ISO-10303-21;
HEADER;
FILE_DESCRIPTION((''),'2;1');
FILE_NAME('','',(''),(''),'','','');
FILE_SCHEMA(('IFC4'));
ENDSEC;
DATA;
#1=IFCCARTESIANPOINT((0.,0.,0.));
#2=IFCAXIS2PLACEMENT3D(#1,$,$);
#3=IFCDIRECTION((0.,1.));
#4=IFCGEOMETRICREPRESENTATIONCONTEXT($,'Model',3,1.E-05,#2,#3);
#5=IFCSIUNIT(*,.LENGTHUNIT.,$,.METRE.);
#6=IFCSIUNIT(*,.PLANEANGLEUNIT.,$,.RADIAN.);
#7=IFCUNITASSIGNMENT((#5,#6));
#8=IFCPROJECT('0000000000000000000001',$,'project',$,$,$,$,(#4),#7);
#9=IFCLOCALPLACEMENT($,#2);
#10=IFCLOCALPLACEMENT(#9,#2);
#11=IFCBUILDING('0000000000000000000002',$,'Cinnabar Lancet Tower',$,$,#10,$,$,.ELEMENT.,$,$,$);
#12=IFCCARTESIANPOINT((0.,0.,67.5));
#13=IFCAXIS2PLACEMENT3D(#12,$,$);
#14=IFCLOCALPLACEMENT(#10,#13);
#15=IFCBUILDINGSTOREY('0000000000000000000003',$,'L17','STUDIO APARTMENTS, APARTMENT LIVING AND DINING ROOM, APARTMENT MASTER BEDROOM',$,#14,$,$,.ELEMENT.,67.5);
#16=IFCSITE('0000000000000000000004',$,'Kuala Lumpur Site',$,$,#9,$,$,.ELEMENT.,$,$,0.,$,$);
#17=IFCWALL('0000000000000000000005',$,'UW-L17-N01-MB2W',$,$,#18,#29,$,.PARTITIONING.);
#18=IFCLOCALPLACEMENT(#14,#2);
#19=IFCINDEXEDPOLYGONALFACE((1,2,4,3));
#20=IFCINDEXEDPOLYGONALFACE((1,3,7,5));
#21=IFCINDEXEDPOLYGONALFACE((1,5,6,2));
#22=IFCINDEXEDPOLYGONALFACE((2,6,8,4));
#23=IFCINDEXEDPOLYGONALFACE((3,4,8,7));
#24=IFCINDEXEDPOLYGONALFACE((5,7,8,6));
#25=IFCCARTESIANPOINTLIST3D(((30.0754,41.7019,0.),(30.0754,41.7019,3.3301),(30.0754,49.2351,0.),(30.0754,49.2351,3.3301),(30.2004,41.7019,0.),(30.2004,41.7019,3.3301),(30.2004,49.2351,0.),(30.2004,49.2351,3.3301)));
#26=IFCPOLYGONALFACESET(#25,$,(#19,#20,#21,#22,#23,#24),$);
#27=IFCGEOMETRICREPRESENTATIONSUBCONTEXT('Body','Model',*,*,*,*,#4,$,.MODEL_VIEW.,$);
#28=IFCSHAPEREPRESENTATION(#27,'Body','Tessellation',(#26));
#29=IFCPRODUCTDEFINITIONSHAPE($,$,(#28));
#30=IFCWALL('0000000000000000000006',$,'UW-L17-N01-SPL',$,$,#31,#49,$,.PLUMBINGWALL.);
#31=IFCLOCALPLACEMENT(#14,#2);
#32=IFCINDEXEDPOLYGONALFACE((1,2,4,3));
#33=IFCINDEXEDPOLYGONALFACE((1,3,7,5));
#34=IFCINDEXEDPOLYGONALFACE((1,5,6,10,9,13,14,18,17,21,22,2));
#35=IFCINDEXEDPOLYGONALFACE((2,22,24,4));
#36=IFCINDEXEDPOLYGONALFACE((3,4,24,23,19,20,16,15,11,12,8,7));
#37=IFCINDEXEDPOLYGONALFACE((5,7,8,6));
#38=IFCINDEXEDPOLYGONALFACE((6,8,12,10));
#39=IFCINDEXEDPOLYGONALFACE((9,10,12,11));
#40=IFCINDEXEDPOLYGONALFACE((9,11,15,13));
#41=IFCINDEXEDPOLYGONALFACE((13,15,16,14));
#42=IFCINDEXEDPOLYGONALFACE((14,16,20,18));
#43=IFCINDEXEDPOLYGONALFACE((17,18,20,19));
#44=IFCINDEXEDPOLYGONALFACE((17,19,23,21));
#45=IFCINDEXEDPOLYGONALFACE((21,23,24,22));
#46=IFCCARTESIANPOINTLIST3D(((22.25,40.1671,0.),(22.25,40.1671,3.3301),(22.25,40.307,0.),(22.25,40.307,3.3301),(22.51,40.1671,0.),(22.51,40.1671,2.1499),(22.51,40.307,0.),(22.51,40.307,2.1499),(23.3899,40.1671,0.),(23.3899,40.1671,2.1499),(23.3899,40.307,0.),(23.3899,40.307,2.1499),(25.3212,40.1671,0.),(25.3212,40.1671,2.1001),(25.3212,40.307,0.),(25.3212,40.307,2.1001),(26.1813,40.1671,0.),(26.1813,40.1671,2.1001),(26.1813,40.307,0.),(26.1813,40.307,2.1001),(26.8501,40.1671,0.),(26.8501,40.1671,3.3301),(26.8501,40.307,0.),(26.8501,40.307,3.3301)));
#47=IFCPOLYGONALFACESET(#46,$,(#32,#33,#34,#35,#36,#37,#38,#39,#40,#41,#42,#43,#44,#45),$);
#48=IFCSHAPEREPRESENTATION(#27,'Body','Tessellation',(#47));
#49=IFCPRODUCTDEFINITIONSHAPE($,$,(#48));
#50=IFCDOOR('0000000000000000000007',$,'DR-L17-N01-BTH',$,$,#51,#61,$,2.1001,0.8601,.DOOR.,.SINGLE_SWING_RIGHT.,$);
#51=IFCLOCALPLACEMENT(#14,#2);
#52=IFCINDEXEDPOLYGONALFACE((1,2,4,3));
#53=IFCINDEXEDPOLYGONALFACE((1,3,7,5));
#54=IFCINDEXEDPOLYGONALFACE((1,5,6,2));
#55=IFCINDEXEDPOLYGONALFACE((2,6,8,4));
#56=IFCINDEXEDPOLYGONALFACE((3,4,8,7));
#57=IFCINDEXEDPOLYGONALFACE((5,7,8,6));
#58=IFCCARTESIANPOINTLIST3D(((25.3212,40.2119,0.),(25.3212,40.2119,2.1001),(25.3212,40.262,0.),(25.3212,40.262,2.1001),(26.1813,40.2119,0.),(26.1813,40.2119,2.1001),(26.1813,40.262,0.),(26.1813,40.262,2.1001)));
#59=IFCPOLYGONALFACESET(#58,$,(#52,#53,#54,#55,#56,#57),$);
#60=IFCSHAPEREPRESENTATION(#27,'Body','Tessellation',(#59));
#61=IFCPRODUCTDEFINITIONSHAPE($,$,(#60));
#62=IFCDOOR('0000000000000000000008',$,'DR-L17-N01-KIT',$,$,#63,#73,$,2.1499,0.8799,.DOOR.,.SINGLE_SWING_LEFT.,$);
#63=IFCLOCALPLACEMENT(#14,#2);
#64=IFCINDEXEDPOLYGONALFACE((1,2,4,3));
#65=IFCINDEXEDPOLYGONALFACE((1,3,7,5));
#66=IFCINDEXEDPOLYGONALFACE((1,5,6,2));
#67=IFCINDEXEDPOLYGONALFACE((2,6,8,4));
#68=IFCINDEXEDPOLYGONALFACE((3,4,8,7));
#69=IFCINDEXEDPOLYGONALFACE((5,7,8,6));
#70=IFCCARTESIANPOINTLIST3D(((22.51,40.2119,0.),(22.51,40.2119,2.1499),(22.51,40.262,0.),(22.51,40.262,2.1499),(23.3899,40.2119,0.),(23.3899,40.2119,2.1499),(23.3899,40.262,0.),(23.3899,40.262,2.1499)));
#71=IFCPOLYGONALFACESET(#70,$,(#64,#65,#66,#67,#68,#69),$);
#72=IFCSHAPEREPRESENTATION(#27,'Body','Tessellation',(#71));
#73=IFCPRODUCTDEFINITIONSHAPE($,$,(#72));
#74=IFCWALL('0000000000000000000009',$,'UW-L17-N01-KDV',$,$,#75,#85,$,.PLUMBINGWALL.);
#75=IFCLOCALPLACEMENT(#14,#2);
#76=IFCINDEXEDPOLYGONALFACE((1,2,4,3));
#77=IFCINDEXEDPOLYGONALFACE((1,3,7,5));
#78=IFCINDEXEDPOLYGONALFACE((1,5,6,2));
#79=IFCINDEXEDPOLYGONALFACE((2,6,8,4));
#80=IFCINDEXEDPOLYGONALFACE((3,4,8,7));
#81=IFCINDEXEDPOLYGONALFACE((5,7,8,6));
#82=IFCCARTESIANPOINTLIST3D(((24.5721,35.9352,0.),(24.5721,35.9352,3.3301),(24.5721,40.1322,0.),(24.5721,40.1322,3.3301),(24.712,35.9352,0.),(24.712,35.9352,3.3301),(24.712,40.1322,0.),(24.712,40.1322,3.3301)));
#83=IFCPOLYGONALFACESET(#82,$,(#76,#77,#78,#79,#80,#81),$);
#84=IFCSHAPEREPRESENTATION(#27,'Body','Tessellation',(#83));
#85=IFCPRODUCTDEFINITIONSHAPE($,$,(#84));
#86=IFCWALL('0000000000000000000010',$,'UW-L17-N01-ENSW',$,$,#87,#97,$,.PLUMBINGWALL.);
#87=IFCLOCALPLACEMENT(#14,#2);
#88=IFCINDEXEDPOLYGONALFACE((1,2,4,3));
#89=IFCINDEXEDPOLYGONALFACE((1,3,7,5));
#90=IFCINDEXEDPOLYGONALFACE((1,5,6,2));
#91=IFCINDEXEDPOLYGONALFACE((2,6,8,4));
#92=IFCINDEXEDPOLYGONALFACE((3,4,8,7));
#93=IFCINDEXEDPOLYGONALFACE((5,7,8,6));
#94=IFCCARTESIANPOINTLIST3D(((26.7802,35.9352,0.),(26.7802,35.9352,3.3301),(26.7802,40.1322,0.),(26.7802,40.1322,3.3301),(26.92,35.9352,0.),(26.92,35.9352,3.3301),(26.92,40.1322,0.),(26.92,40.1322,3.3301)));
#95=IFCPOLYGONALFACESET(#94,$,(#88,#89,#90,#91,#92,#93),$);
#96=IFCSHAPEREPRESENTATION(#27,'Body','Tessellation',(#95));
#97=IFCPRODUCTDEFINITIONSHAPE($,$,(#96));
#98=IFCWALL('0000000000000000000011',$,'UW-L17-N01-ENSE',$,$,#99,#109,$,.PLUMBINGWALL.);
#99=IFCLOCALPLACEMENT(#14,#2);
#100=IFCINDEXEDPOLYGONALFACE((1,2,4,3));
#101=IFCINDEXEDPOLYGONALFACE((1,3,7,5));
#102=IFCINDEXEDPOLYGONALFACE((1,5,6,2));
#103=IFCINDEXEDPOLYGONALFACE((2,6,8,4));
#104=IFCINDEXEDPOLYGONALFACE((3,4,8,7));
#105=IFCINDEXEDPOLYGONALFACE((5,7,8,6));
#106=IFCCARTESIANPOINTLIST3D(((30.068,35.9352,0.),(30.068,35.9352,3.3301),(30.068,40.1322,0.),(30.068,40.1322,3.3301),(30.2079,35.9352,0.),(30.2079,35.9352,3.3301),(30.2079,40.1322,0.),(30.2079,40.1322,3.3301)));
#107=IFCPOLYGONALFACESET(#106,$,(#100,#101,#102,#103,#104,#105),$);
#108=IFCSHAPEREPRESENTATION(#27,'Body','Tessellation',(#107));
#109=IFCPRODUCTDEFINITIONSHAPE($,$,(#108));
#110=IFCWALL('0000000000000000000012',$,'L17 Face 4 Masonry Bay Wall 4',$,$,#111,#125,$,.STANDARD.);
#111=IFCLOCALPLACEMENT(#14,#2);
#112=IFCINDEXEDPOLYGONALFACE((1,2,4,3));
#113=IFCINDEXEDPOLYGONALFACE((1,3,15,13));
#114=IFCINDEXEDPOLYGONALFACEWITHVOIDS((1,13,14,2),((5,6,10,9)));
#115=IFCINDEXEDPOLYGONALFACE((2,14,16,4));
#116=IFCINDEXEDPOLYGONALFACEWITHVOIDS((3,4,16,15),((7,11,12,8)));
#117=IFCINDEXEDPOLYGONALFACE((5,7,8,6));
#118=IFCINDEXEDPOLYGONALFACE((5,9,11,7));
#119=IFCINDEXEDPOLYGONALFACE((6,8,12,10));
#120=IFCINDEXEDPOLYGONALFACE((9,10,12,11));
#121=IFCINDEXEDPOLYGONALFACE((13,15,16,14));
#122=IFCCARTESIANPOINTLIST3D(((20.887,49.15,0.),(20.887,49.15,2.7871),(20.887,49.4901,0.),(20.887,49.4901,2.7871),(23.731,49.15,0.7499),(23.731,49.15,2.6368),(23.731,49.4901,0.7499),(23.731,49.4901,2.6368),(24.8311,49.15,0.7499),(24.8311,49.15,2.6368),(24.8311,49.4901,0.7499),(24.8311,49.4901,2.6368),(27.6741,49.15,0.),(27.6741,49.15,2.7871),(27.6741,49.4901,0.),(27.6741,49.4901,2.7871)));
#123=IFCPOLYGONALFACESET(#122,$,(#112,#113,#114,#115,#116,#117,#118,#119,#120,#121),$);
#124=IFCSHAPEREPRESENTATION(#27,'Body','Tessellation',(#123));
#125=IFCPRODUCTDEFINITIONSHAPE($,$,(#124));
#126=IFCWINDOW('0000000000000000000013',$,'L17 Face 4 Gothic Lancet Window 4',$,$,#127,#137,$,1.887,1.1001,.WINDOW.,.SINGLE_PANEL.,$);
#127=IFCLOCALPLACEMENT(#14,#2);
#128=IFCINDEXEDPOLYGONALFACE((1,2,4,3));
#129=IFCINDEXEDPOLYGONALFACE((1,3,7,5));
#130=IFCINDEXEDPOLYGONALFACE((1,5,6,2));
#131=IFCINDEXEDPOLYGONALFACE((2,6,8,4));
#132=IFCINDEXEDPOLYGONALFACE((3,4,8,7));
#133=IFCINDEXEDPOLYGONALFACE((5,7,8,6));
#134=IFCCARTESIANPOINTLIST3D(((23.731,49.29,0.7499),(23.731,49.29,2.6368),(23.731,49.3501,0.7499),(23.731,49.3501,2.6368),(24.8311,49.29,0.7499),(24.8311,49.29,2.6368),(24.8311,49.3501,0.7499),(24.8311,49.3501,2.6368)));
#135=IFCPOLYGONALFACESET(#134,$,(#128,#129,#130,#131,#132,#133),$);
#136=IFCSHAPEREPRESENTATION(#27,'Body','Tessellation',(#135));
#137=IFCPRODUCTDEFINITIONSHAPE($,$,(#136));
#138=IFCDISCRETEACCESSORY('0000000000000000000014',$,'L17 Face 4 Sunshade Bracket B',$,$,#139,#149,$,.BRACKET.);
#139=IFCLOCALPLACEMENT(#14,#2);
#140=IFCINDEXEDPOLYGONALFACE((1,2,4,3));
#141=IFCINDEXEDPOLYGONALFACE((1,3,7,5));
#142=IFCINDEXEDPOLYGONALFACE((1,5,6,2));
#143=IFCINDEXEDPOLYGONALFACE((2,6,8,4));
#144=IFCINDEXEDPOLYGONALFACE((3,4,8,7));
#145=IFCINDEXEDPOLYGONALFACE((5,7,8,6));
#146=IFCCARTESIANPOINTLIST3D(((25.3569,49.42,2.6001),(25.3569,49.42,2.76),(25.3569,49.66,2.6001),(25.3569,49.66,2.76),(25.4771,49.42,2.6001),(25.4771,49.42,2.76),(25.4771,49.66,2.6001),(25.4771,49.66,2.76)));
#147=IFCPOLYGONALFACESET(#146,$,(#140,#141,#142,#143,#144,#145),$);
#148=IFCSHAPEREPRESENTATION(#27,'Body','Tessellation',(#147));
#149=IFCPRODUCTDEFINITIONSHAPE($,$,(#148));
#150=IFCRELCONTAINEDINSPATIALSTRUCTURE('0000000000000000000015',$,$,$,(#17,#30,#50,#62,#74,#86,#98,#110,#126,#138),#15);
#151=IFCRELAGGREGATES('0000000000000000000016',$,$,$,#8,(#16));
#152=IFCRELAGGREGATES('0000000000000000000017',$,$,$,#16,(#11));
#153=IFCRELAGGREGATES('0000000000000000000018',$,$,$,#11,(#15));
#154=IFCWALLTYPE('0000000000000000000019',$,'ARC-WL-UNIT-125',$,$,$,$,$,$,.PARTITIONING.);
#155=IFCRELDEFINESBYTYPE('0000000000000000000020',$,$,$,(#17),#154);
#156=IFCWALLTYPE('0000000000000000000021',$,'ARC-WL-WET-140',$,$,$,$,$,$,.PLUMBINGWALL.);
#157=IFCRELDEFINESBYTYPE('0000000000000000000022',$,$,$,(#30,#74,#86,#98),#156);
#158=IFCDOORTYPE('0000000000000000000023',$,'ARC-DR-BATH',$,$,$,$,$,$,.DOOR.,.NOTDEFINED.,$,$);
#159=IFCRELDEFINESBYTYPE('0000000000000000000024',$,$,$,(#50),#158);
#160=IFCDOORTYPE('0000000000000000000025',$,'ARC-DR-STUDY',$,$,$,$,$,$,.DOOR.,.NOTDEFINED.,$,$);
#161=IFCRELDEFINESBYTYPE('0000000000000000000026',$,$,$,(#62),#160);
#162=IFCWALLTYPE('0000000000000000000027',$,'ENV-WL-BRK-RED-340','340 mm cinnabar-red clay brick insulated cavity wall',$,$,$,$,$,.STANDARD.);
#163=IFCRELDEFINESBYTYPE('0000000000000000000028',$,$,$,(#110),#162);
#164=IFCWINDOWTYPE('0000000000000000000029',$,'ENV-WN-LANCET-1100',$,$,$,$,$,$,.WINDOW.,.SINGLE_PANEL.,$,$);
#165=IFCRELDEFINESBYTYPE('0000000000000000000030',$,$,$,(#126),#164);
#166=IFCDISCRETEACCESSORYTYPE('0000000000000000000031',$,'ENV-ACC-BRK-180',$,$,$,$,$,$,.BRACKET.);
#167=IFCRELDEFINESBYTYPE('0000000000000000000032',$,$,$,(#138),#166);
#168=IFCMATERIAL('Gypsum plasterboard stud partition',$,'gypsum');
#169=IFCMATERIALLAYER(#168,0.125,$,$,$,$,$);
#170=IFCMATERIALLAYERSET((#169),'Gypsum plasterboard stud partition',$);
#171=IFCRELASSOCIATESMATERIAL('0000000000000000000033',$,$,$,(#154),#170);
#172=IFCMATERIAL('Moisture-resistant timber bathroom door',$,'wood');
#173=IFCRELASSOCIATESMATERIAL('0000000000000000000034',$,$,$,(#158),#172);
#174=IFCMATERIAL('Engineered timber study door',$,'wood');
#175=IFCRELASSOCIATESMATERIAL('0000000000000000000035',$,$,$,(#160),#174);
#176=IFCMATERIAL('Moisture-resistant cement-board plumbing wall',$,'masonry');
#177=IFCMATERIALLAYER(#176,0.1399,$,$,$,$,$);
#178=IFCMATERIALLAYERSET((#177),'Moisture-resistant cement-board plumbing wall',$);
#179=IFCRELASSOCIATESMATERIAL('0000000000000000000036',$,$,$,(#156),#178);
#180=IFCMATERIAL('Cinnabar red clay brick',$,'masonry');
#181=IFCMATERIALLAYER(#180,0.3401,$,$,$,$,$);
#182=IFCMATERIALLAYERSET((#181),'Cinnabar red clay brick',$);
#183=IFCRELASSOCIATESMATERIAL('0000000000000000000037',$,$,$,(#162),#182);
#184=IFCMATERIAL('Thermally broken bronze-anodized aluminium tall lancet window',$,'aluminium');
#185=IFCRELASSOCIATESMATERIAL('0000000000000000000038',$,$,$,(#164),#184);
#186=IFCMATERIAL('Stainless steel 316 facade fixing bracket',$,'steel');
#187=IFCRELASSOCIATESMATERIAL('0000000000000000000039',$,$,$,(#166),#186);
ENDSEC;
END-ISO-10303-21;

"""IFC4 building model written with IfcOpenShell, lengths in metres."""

from ifc_helpers import new_model, si_unit, direction, frame, frame_2d, origin, origin_2d, place, context, subcontext, project, spatial, rectangle, extrude, material, layer, layer_set, type_object, element, fill, save


model = new_model("IFC4")

# Units and contexts
model_context = context("Model", 3, precision=1e-05, world=origin(), true_north=direction((0.0, 1.0)))
body_context = subcontext(model_context, "Body", "Model", "MODEL_VIEW")
ifc_project = project(units=[si_unit("LENGTHUNIT", "METRE"), si_unit("PLANEANGLEUNIT", "RADIAN")], contexts=[model_context])

# Site, building, storey
site_placement = place(None, origin())
site = spatial("IfcSite", under=ifc_project, at=site_placement, Name="Kuala Lumpur Site", CompositionType="ELEMENT", RefElevation=0.0)
building_placement = place(site_placement, origin())
building = spatial("IfcBuilding", under=site, at=building_placement, Name="Cinnabar Lancet Tower", CompositionType="ELEMENT")
storey_placement = place(building_placement, frame((0.0, 0.0, 67.5)))
storey = spatial("IfcBuildingStorey", under=building, at=storey_placement, Name="L17", Description="STUDIO APARTMENTS, APARTMENT LIVING AND DINING ROOM, APARTMENT MASTER BEDROOM", CompositionType="ELEMENT", Elevation=67.5)

# Shared definitions
ifc_material_1 = material(Name="Gypsum plasterboard stud partition", Category="gypsum")
ifc_layer_1 = layer(ifc_material_1, 0.125)
ifc_layer_set_1 = layer_set([ifc_layer_1], Name="Gypsum plasterboard stud partition")
wall_type_1 = type_object("IfcWallType", Name="ARC-WL-UNIT-125", PredefinedType="PARTITIONING", material=ifc_layer_set_1)

# Shared definitions
ifc_material_2 = material(Name="Moisture-resistant timber bathroom door", Category="wood")
door_type_1 = type_object("IfcDoorType", Name="ARC-DR-BATH", OperationType="NOTDEFINED", PredefinedType="DOOR", material=ifc_material_2)
ifc_material_3 = material(Name="Engineered timber study door", Category="wood")
door_type_2 = type_object("IfcDoorType", Name="ARC-DR-STUDY", OperationType="NOTDEFINED", PredefinedType="DOOR", material=ifc_material_3)

# Wall
wall_1_placement = place(storey_placement, frame((30.1379, 41.7019, 0.0), z_axis=(0.0, 0.0, 1.0), x_axis=(0.0, 1.0, 0.0)))
element("IfcWall", 1, at=wall_1_placement, inside=storey, type_object=wall_type_1, Name="UW-L17-N01-MB2W", PredefinedType="PARTITIONING", context=body_context, shape_type="SweptSolid", body=[
    extrude(rectangle(XDim=7.5332, YDim=0.125, at=frame_2d((3.7666, 0.0))), origin(), (0.0, 0.0, 1.0), 3.3301),
])

# Wall, openings, doors
ifc_material_4 = material(Name="Moisture-resistant cement-board plumbing wall", Category="masonry")
ifc_layer_2 = layer(ifc_material_4, 0.1399)
ifc_layer_set_2 = layer_set([ifc_layer_2], Name="Moisture-resistant cement-board plumbing wall")
wall_type_2 = type_object("IfcWallType", Name="ARC-WL-WET-140", PredefinedType="PLUMBINGWALL", material=ifc_layer_set_2)
wall_2_placement = place(storey_placement, frame((22.25, 40.2371, 0.0), z_axis=(0.0, 0.0, 1.0), x_axis=(1.0, 0.0, 0.0)))
wall_2 = element("IfcWall", 2, at=wall_2_placement, inside=storey, type_object=wall_type_2, Name="UW-L17-N01-SPL", PredefinedType="PLUMBINGWALL", context=body_context, shape_type="SweptSolid", body=[
    extrude(rectangle(XDim=4.6001, YDim=0.1399, at=frame_2d((2.3, 0.0))), origin(), (0.0, 0.0, 1.0), 3.3301),
])
opening_1_placement = place(wall_2_placement, frame((3.071, 0.0, 0.0)))
opening_1 = element("IfcOpeningElement", 3, at=opening_1_placement, cuts=wall_2, PredefinedType="OPENING", context=body_context, shape_type="SweptSolid", body=[
    extrude(rectangle(XDim=0.8601, YDim=2.1001, at=frame_2d((0.4302, 1.05))), frame((0.0, 0.0798, 0.0), z_axis=(0.0, -1.0, 0.0), x_axis=(1.0, 0.0, 0.0)), (0.0, 0.0, 1.0), 0.1599),
])
opening_2_placement = place(wall_2_placement, frame((0.26, 0.0, 0.0)))
opening_2 = element("IfcOpeningElement", 4, at=opening_2_placement, cuts=wall_2, PredefinedType="OPENING", context=body_context, shape_type="SweptSolid", body=[
    extrude(rectangle(XDim=0.8799, YDim=2.1499, at=frame_2d((0.4399, 1.075))), frame((0.0, 0.0798, 0.0), z_axis=(0.0, -1.0, 0.0), x_axis=(1.0, 0.0, 0.0)), (0.0, 0.0, 1.0), 0.1599),
])
door_1_placement = place(opening_1_placement, origin())
door_1 = element("IfcDoor", 5, at=door_1_placement, inside=storey, type_object=door_type_1, Name="DR-L17-N01-BTH", OperationType="SINGLE_SWING_RIGHT", OverallHeight=2.1001, OverallWidth=0.8601, PredefinedType="DOOR", context=body_context, shape_type="SweptSolid", body=[
    extrude(rectangle(XDim=0.8601, YDim=2.1001, at=frame_2d((0.4302, 1.05))), frame((0.0, 0.0249, 0.0), z_axis=(0.0, -1.0, 0.0), x_axis=(1.0, 0.0, 0.0)), (0.0, 0.0, 1.0), 0.05),
])
fill(opening_1, door_1)
door_2_placement = place(opening_2_placement, origin())
door_2 = element("IfcDoor", 6, at=door_2_placement, inside=storey, type_object=door_type_2, Name="DR-L17-N01-KIT", OperationType="SINGLE_SWING_LEFT", OverallHeight=2.1499, OverallWidth=0.8799, PredefinedType="DOOR", context=body_context, shape_type="SweptSolid", body=[
    extrude(rectangle(XDim=0.8799, YDim=2.1499, at=frame_2d((0.4399, 1.075))), frame((0.0, 0.0249, 0.0), z_axis=(0.0, -1.0, 0.0), x_axis=(1.0, 0.0, 0.0)), (0.0, 0.0, 1.0), 0.05),
])
fill(opening_2, door_2)

# Walls
for number, where, z_axis, x_axis, name in (
    (7, (24.6421, 35.9351, 0.0), (0.0, 0.0, 1.0), (0.0, 1.0, 0.0), "UW-L17-N01-KDV"),
    (8, (26.8501, 35.9351, 0.0), (0.0, 0.0, 1.0), (0.0, 1.0, 0.0), "UW-L17-N01-ENSW"),
    (9, (30.1379, 35.9351, 0.0), (0.0, 0.0, 1.0), (0.0, 1.0, 0.0), "UW-L17-N01-ENSE"),
):
    element("IfcWall", number, at=place(storey_placement, frame(where, z_axis=z_axis, x_axis=x_axis)), inside=storey, type_object=wall_type_2, Name=name, PredefinedType="PLUMBINGWALL", context=body_context, shape_type="SweptSolid", body=[
        extrude(rectangle(XDim=4.197, YDim=0.1399, at=frame_2d((2.0986, 0.0))), origin(), (0.0, 0.0, 1.0), 3.3301),
    ])

# Wall, opening, window
ifc_material_5 = material(Name="Cinnabar red clay brick", Category="masonry")
ifc_layer_3 = layer(ifc_material_5, 0.3401)
ifc_layer_set_3 = layer_set([ifc_layer_3], Name="Cinnabar red clay brick")
wall_type_3 = type_object("IfcWallType", Name="ENV-WL-BRK-RED-340", Description="340 mm cinnabar-red clay brick insulated cavity wall", PredefinedType="STANDARD", material=ifc_layer_set_3)
wall_3_placement = place(storey_placement, frame((27.6741, 49.3201, 0.0), z_axis=(0.0, 0.0, 1.0), x_axis=(-1.0, 0.0, 0.0)))
wall_3 = element("IfcWall", 10, at=wall_3_placement, inside=storey, type_object=wall_type_3, Name="L17 Face 4 Masonry Bay Wall 4", PredefinedType="STANDARD", context=body_context, shape_type="SweptSolid", body=[
    extrude(rectangle(XDim=6.7871, YDim=0.3401, at=frame_2d((3.3936, 0.0))), origin(), (0.0, 0.0, 1.0), 2.7871),
])
opening_3_placement = place(wall_3_placement, frame((2.843, 0.0, 0.75)))
opening_3 = element("IfcOpeningElement", 11, at=opening_3_placement, cuts=wall_3, PredefinedType="OPENING", context=body_context, shape_type="SweptSolid", body=[
    extrude(rectangle(XDim=1.1001, YDim=1.887, at=frame_2d((0.55, 0.9434))), frame((0.0, 0.1799, 0.0), z_axis=(0.0, -1.0, 0.0), x_axis=(1.0, 0.0, 0.0)), (0.0, 0.0, 1.0), 0.3601),
])
ifc_material_6 = material(Name="Thermally broken bronze-anodized aluminium tall lancet window", Category="aluminium")
window_type = type_object("IfcWindowType", Name="ENV-WN-LANCET-1100", PartitioningType="SINGLE_PANEL", PredefinedType="WINDOW", material=ifc_material_6)
window_placement = place(opening_3_placement, origin())
window = element("IfcWindow", 12, at=window_placement, inside=storey, type_object=window_type, Name="L17 Face 4 Gothic Lancet Window 4", OverallHeight=1.887, OverallWidth=1.1001, PartitioningType="SINGLE_PANEL", PredefinedType="WINDOW", context=body_context, shape_type="SweptSolid", body=[
    extrude(rectangle(XDim=1.1001, YDim=1.887, at=frame_2d((0.55, 0.9434))), frame((0.0, 0.03, 0.0), z_axis=(0.0, -1.0, 0.0), x_axis=(1.0, 0.0, 0.0)), (0.0, 0.0, 1.0), 0.0601),
])
fill(opening_3, window)

# Discrete accessory
ifc_material_7 = material(Name="Stainless steel 316 facade fixing bracket", Category="steel")
discrete_accessory_type = type_object("IfcDiscreteAccessoryType", Name="ENV-ACC-BRK-180", PredefinedType="BRACKET", material=ifc_material_7)
discrete_accessory_placement = place(storey_placement, frame((25.417, 49.54, 2.6001), z_axis=(0.0, 0.0, 1.0), x_axis=(-1.0, 0.0, 0.0)))
element("IfcDiscreteAccessory", 13, at=discrete_accessory_placement, inside=storey, type_object=discrete_accessory_type, Name="L17 Face 4 Sunshade Bracket B", PredefinedType="BRACKET", context=body_context, shape_type="SweptSolid", body=[
    extrude(rectangle(XDim=0.1201, YDim=0.24, at=origin_2d()), origin(), (0.0, 0.0, 1.0), 0.1599),
])

save(model, "model.ifc")
